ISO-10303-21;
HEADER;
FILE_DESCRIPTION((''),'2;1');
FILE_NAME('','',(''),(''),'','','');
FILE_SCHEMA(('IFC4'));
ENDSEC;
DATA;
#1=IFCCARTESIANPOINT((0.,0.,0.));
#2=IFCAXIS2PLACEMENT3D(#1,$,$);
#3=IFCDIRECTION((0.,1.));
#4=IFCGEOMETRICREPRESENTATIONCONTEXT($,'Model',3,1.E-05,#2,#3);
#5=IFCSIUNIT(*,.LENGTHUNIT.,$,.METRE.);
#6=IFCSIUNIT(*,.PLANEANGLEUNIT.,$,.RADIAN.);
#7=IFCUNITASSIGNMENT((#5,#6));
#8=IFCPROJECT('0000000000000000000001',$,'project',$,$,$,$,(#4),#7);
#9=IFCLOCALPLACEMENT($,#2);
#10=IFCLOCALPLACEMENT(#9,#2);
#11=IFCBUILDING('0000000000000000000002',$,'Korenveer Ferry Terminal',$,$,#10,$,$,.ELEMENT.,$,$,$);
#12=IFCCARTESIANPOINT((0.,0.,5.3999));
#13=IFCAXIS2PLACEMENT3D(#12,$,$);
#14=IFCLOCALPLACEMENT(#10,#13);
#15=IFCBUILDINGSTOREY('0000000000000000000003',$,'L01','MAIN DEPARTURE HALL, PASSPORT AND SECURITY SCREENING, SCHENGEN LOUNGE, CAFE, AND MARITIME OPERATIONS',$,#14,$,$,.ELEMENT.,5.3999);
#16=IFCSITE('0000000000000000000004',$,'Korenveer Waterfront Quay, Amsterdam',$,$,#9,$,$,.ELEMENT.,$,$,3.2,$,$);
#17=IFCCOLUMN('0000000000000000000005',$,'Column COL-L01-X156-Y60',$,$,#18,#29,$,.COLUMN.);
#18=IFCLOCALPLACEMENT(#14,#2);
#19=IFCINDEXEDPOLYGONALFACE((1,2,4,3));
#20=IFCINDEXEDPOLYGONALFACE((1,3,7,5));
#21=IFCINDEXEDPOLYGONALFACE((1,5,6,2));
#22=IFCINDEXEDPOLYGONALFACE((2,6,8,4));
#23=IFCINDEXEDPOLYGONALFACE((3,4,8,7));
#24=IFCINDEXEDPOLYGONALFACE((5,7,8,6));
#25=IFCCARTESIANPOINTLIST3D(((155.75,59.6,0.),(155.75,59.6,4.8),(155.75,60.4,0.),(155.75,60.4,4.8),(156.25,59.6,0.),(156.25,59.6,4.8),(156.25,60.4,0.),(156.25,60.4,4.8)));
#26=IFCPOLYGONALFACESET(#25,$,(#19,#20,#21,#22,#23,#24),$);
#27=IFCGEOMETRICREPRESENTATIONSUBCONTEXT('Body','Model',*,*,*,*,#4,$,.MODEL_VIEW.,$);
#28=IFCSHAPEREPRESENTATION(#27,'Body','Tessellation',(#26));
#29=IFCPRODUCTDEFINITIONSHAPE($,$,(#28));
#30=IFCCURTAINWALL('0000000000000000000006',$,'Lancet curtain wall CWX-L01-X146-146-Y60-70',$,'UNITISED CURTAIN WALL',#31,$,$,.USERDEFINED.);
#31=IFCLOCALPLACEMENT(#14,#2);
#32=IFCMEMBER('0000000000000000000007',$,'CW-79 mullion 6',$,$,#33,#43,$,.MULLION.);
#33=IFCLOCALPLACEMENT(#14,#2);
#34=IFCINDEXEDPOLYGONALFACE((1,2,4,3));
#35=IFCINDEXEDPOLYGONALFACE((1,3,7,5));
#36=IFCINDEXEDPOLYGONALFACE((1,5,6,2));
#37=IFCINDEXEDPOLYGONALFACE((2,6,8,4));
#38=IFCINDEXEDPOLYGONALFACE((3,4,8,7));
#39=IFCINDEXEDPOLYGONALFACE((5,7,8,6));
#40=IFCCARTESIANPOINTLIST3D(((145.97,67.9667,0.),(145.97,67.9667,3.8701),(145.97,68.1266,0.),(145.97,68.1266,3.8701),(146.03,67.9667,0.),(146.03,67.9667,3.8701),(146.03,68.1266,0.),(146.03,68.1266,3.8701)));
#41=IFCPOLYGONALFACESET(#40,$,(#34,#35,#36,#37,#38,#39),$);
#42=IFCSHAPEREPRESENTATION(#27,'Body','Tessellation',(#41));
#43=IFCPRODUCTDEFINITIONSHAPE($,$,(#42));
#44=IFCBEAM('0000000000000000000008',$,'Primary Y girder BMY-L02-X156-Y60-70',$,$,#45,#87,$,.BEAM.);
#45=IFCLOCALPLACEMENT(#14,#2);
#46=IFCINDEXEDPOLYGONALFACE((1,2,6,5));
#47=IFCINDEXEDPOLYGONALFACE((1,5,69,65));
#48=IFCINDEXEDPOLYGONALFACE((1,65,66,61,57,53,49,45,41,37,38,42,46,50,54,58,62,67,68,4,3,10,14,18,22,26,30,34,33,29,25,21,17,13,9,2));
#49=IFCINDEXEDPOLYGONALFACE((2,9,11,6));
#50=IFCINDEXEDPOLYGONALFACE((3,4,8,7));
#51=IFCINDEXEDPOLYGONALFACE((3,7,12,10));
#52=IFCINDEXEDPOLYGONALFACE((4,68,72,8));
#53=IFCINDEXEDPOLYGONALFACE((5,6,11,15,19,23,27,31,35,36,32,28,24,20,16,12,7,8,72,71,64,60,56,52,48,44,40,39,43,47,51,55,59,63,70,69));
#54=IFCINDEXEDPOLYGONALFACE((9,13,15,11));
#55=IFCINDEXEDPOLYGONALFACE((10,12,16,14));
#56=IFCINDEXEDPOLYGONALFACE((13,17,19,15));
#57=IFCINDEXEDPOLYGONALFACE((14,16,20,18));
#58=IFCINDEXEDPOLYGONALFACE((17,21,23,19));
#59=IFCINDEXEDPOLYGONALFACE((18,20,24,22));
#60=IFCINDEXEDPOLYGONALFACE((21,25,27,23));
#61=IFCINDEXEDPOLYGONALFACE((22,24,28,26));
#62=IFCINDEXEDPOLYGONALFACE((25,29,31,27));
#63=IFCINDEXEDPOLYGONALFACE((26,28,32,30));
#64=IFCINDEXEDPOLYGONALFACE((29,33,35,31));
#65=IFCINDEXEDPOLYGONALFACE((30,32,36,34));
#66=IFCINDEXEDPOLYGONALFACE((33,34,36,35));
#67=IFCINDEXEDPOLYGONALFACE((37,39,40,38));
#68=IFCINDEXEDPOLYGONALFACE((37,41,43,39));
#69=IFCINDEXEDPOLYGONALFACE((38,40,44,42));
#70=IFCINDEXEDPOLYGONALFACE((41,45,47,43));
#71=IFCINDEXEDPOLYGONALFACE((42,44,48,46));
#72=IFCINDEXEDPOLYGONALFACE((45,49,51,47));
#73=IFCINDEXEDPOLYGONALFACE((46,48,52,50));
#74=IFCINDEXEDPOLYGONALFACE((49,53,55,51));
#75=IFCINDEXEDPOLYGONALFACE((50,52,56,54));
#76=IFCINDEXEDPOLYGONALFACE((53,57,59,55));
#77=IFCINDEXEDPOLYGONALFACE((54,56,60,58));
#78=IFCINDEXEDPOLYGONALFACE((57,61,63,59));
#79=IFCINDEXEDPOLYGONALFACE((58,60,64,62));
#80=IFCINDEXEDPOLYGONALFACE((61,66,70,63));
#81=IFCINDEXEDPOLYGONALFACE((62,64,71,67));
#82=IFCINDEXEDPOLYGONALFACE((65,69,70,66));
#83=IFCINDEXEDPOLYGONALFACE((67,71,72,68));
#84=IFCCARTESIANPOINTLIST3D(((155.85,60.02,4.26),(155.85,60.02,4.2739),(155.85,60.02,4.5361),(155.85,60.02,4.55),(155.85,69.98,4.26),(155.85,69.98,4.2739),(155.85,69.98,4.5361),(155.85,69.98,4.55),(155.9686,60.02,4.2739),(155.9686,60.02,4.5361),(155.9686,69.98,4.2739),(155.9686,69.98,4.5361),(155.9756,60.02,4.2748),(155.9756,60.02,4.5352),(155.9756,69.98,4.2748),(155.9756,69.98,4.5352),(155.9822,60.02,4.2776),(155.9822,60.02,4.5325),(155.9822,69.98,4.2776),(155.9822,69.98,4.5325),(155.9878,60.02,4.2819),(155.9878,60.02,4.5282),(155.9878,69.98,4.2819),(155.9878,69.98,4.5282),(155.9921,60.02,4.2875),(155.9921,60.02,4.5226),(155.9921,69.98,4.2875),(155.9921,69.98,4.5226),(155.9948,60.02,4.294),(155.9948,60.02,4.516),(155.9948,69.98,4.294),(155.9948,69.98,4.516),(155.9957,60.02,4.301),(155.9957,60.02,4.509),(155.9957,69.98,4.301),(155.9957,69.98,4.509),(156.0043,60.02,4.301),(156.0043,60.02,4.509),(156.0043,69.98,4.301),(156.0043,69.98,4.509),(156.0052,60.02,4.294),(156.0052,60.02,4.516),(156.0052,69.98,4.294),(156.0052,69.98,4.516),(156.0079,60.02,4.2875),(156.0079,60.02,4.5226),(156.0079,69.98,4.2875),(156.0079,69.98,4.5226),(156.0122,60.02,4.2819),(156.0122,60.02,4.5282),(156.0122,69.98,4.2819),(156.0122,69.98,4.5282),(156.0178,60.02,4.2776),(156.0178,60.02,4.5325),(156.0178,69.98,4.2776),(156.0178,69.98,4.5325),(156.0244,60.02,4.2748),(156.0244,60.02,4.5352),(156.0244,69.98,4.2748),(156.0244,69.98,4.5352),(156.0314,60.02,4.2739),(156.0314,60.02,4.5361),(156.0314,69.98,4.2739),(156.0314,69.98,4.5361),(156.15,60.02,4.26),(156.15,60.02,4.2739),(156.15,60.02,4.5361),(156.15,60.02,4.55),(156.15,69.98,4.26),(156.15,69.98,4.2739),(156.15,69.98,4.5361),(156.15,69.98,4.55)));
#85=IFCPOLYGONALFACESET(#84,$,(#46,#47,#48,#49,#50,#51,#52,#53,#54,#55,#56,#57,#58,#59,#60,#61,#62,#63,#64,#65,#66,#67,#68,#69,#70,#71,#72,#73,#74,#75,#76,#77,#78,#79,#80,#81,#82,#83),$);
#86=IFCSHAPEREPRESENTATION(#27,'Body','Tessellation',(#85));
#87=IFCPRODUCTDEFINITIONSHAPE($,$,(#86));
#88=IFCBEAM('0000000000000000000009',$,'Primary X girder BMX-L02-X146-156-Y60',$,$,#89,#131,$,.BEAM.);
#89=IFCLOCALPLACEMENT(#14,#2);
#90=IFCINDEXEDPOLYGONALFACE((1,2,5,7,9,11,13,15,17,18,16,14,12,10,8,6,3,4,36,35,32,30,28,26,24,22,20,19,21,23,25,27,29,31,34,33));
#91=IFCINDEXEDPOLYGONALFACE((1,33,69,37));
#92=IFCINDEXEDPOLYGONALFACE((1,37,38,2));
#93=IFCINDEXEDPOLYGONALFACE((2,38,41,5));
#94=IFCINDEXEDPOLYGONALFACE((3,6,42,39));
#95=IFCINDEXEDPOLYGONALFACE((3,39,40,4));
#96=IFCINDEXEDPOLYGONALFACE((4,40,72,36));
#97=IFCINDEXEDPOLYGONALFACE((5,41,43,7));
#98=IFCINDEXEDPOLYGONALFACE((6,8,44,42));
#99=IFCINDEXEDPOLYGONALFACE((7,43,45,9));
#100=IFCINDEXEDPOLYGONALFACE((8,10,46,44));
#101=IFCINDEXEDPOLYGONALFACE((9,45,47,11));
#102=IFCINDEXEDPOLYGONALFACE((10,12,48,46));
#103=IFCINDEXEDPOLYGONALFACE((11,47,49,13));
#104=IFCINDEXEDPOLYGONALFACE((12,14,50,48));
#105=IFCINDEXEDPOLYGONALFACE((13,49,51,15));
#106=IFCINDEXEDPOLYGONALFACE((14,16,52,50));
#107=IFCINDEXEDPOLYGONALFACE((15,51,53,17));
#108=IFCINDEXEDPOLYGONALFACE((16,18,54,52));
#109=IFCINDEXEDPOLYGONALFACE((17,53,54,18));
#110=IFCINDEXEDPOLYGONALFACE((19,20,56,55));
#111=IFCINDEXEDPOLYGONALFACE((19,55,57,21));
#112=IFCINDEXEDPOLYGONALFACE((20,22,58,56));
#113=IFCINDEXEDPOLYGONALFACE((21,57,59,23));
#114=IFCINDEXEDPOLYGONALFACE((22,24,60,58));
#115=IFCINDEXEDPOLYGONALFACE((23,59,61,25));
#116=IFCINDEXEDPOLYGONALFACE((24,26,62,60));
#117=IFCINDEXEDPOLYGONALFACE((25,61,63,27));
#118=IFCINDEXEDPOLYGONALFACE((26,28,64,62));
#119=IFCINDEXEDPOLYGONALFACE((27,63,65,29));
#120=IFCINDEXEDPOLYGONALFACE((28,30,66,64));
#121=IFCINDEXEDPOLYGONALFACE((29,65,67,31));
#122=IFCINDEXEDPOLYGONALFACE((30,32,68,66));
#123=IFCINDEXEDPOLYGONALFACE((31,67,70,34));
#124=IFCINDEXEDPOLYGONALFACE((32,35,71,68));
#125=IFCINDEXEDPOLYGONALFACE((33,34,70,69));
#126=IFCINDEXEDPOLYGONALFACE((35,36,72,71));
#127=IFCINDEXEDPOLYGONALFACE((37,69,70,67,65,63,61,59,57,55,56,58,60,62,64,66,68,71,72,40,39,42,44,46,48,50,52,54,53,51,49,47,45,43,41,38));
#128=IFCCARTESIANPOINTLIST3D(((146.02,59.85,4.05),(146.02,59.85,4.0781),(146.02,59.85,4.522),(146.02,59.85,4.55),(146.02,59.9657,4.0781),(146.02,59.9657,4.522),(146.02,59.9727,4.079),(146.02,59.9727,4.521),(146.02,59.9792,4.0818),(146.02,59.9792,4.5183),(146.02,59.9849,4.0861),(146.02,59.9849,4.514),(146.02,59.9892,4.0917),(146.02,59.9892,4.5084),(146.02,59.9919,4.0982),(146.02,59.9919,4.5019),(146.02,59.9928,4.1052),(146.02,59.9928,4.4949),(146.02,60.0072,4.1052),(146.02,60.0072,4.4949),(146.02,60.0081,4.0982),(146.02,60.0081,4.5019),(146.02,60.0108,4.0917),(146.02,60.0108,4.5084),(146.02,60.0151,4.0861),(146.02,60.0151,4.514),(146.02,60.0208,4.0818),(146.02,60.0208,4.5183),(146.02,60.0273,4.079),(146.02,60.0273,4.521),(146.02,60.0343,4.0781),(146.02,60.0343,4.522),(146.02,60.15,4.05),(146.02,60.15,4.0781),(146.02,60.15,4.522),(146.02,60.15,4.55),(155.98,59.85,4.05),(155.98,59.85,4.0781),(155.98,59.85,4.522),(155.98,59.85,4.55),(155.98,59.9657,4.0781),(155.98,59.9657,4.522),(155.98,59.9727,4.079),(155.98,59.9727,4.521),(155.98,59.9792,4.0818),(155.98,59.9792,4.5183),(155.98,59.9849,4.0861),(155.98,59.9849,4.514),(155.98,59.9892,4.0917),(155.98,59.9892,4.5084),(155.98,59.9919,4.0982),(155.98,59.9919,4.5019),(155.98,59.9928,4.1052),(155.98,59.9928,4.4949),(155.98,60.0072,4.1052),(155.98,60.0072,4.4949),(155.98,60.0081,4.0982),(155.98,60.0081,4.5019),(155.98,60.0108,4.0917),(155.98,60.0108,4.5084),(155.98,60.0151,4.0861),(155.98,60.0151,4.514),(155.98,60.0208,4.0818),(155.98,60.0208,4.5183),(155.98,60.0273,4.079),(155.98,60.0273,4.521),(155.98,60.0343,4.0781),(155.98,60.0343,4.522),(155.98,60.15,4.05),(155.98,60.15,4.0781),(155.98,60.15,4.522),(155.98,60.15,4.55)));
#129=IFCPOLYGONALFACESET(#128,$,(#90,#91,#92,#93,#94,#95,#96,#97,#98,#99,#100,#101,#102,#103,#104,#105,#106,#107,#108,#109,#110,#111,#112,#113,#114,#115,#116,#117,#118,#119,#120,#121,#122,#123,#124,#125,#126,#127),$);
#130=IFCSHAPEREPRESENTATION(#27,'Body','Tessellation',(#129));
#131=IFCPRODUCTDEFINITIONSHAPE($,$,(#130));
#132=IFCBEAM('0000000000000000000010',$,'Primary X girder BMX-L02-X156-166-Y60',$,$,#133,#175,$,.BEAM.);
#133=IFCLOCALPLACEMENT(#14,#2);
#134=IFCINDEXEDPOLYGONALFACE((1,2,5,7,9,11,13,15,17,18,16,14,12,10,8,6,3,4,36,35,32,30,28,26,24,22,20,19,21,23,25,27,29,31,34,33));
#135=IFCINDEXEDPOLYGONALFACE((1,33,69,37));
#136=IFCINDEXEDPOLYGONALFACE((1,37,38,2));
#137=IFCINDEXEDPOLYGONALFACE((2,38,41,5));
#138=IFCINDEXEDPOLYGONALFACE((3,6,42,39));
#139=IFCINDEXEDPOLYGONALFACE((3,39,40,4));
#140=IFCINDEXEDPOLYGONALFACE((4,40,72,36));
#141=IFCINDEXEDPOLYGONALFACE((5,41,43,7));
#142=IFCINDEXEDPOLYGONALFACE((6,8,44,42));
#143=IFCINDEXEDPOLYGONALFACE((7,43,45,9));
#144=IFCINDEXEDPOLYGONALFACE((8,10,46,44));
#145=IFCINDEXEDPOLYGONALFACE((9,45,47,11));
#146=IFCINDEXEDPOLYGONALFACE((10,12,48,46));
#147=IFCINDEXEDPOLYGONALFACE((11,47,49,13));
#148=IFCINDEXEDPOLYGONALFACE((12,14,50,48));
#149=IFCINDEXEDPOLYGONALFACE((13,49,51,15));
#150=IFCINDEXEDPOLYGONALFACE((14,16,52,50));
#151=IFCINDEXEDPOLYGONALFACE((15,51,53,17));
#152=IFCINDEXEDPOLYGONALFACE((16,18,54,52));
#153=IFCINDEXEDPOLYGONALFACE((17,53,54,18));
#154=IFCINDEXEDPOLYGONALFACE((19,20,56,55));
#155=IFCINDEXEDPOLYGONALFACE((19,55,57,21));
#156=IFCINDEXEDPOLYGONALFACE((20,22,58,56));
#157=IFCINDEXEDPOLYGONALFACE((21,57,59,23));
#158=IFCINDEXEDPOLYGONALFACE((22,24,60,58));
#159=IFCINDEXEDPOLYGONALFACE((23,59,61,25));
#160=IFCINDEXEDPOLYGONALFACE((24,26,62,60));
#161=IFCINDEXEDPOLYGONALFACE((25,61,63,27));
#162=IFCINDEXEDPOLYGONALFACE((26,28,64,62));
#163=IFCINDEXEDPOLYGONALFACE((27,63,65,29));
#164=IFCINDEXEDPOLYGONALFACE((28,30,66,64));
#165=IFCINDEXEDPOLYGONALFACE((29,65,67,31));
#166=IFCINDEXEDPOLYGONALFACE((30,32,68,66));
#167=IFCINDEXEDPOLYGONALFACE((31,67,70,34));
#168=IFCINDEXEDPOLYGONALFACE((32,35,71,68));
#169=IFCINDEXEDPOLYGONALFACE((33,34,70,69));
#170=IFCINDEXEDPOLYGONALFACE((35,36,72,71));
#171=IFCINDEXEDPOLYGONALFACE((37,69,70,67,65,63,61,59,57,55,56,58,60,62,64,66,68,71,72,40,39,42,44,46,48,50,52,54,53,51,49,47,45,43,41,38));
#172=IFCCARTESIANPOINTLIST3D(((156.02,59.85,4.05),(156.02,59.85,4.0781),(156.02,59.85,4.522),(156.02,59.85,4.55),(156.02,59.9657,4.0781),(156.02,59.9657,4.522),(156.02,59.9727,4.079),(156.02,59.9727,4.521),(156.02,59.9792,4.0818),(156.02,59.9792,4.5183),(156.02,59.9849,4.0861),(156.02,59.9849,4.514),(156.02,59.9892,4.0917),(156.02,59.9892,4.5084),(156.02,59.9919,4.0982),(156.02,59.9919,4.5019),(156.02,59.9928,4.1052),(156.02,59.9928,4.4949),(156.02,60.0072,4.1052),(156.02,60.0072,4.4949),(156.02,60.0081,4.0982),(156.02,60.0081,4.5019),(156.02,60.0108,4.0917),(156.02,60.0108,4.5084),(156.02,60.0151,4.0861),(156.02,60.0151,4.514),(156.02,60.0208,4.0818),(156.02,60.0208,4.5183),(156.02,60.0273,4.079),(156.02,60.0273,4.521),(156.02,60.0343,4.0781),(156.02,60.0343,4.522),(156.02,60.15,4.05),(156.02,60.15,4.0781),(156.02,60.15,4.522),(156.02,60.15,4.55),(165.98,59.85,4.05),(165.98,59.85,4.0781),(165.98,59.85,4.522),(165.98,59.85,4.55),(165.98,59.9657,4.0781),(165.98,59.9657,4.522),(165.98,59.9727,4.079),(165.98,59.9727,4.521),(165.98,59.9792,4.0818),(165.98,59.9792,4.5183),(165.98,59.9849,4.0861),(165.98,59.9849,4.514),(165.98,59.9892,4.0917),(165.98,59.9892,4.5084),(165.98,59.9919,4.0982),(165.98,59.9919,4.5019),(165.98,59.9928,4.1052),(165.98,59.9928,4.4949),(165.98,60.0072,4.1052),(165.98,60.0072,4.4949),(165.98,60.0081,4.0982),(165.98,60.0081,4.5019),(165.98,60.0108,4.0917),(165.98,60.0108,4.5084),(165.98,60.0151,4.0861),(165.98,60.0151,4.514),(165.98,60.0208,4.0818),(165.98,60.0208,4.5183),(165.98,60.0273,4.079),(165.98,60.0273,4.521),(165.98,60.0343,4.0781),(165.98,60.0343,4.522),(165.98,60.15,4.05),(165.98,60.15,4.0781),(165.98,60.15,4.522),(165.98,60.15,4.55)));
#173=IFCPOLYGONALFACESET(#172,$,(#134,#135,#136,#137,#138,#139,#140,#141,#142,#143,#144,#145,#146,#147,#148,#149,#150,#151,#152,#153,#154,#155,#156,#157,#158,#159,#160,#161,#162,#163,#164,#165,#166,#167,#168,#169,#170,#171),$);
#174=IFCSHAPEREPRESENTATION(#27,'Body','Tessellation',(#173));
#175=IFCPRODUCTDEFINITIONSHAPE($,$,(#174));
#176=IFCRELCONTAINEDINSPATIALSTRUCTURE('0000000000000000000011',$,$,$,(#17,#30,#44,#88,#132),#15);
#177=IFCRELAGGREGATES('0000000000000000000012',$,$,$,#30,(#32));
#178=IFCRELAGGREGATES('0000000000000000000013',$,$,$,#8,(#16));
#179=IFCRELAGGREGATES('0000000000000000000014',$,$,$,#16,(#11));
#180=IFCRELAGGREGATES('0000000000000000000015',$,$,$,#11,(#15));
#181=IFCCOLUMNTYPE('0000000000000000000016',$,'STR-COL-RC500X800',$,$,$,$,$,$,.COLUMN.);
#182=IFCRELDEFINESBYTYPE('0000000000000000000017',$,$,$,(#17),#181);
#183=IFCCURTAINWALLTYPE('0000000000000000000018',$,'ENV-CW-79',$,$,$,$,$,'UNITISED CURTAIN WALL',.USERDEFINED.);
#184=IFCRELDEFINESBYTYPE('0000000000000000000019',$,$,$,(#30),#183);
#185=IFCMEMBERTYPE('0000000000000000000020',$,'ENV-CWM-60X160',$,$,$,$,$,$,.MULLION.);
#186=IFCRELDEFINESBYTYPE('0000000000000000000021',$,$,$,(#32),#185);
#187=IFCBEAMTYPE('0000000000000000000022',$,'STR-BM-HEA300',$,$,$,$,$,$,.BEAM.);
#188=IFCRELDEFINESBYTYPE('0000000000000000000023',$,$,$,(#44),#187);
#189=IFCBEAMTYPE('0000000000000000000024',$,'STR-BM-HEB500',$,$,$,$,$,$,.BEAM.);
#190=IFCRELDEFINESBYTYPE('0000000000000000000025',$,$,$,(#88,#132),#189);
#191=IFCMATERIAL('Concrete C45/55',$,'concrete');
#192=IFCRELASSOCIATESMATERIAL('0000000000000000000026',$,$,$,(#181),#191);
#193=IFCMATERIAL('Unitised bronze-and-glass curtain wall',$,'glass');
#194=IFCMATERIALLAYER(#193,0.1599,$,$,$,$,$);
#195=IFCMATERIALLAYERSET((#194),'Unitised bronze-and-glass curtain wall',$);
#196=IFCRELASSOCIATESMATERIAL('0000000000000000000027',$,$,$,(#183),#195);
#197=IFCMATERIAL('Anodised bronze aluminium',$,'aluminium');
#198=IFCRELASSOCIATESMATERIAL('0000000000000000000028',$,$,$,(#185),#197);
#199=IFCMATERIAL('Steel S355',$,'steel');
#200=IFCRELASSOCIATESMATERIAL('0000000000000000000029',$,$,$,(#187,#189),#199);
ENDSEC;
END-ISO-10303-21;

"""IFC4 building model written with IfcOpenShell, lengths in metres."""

from ifc_helpers import new_model, si_unit, direction, frame, origin, origin_2d, place, context, subcontext, project, spatial, rectangle, i_section, extrude, material, layer, layer_set, material_profile, profile_set, type_object, element, aggregate, save


model = new_model("IFC4")

# Units and contexts
model_context = context("Model", 3, precision=1e-05, world=origin(), true_north=direction((0.0, 1.0)))
body_context = subcontext(model_context, "Body", "Model", "MODEL_VIEW")
ifc_project = project(units=[si_unit("LENGTHUNIT", "METRE"), si_unit("PLANEANGLEUNIT", "RADIAN")], contexts=[model_context])

# Site, building, storey
site_placement = place(None, origin())
site = spatial("IfcSite", under=ifc_project, at=site_placement, Name="Korenveer Waterfront Quay, Amsterdam", CompositionType="ELEMENT", RefElevation=3.2)
building_placement = place(site_placement, origin())
building = spatial("IfcBuilding", under=site, at=building_placement, Name="Korenveer Ferry Terminal", CompositionType="ELEMENT")
storey_placement = place(building_placement, frame((0.0, 0.0, 5.3999)))
storey = spatial("IfcBuildingStorey", under=building, at=storey_placement, Name="L01", Description="MAIN DEPARTURE HALL, PASSPORT AND SECURITY SCREENING, SCHENGEN LOUNGE, CAFE, AND MARITIME OPERATIONS", CompositionType="ELEMENT", Elevation=5.3999)

# Column
ifc_material_1 = material(Name="Concrete C45/55", Category="concrete")
ifc_material_profile_1 = material_profile(ifc_material_1, rectangle(XDim=0.5, YDim=0.8, at=origin_2d()), Name="RC 500x800")
ifc_profile_set_1 = profile_set([ifc_material_profile_1], Name="Concrete C45/55")
column_type = type_object("IfcColumnType", Name="STR-COL-RC500X800", PredefinedType="COLUMN", material=ifc_profile_set_1)
column_placement = place(storey_placement, frame((156.0, 60.0, 0.0), z_axis=(0.0, 0.0, 1.0), x_axis=(1.0, 0.0, 0.0)))
element("IfcColumn", 1, at=column_placement, inside=storey, type_object=column_type, Name="Column COL-L01-X156-Y60", PredefinedType="COLUMN", context=body_context, shape_type="SweptSolid", body=[
    extrude(rectangle(XDim=0.5, YDim=0.8, at=origin_2d()), origin(), (0.0, 0.0, 1.0), 4.8),
])

# Curtain wall, member
ifc_material_2 = material(Name="Unitised bronze-and-glass curtain wall", Category="glass")
ifc_layer_1 = layer(ifc_material_2, 0.1599)
ifc_layer_set_1 = layer_set([ifc_layer_1], Name="Unitised bronze-and-glass curtain wall")
curtain_wall_type = type_object("IfcCurtainWallType", Name="ENV-CW-79", ElementType="UNITISED CURTAIN WALL", PredefinedType="USERDEFINED", material=ifc_layer_set_1)
curtain_wall_placement = place(storey_placement, frame((146.0, 60.4299, 0.0)))
curtain_wall = element("IfcCurtainWall", 2, at=curtain_wall_placement, inside=storey, type_object=curtain_wall_type, Name="Lancet curtain wall CWX-L01-X146-146-Y60-70", ObjectType="UNITISED CURTAIN WALL", PredefinedType="USERDEFINED")
ifc_material_3 = material(Name="Anodised bronze aluminium", Category="aluminium")
ifc_material_profile_2 = material_profile(ifc_material_3, rectangle(XDim=0.0601, YDim=0.1599, at=origin_2d()), Name="ALU 60x160")
ifc_profile_set_2 = profile_set([ifc_material_profile_2], Name="Anodised bronze aluminium")
member_type = type_object("IfcMemberType", Name="ENV-CWM-60X160", PredefinedType="MULLION", material=ifc_profile_set_2)
member_placement = place(storey_placement, frame((146.0, 68.0466, 0.0), z_axis=(0.0, 0.0, 1.0), x_axis=(-1.0, 0.0, 0.0)))
member = element("IfcMember", 3, at=member_placement, type_object=member_type, Name="CW-79 mullion 6", PredefinedType="MULLION", context=body_context, shape_type="SweptSolid", body=[
    extrude(rectangle(XDim=0.0601, YDim=0.1599, at=origin_2d()), origin(), (0.0, 0.0, 1.0), 3.8701),
])
aggregate(curtain_wall, [member])

# Beams
ifc_material_4 = material(Name="Steel S355", Category="steel")
ifc_material_profile_3 = material_profile(ifc_material_4, i_section(OverallWidth=0.3, OverallDepth=0.29, WebThickness=0.0085, FlangeThickness=0.0139, FilletRadius=0.0271, at=origin_2d()), Name="HEA 300")
ifc_profile_set_3 = profile_set([ifc_material_profile_3], Name="Steel S355")
beam_type_1 = type_object("IfcBeamType", Name="STR-BM-HEA300", PredefinedType="BEAM", material=ifc_profile_set_3)
beam_placement = place(storey_placement, frame((156.0, 60.02, 4.405), z_axis=(0.0, 1.0, 0.0), x_axis=(-1.0, 0.0, 0.0)))
element("IfcBeam", 4, at=beam_placement, inside=storey, type_object=beam_type_1, Name="Primary Y girder BMY-L02-X156-Y60-70", PredefinedType="BEAM", context=body_context, shape_type="SweptSolid", body=[
    extrude(i_section(OverallWidth=0.3, OverallDepth=0.29, WebThickness=0.0085, FlangeThickness=0.0139, FilletRadius=0.0271, at=origin_2d()), origin(), (0.0, 0.0, 1.0), 9.96),
])
ifc_material_profile_4 = material_profile(ifc_material_4, i_section(OverallWidth=0.3, OverallDepth=0.5, WebThickness=0.0144, FlangeThickness=0.0281, FilletRadius=0.0271, at=origin_2d()), Name="HEB 500")
ifc_profile_set_4 = profile_set([ifc_material_profile_4], Name="Steel S355")
beam_type_2 = type_object("IfcBeamType", Name="STR-BM-HEB500", PredefinedType="BEAM", material=ifc_profile_set_4)
for number, where, z_axis, x_axis, name in (
    (5, (146.02, 60.0, 4.3), (1.0, 0.0, 0.0), (0.0, 1.0, 0.0), "Primary X girder BMX-L02-X146-156-Y60"),
    (6, (156.02, 60.0, 4.3), (1.0, 0.0, 0.0), (0.0, 1.0, 0.0), "Primary X girder BMX-L02-X156-166-Y60"),
):
    element("IfcBeam", number, at=place(storey_placement, frame(where, z_axis=z_axis, x_axis=x_axis)), inside=storey, type_object=beam_type_2, Name=name, PredefinedType="BEAM", context=body_context, shape_type="SweptSolid", body=[
        extrude(i_section(OverallWidth=0.3, OverallDepth=0.5, WebThickness=0.0144, FlangeThickness=0.0281, FilletRadius=0.0271, at=origin_2d()), origin(), (0.0, 0.0, 1.0), 9.96),
    ])

save(model, "model.ifc")
